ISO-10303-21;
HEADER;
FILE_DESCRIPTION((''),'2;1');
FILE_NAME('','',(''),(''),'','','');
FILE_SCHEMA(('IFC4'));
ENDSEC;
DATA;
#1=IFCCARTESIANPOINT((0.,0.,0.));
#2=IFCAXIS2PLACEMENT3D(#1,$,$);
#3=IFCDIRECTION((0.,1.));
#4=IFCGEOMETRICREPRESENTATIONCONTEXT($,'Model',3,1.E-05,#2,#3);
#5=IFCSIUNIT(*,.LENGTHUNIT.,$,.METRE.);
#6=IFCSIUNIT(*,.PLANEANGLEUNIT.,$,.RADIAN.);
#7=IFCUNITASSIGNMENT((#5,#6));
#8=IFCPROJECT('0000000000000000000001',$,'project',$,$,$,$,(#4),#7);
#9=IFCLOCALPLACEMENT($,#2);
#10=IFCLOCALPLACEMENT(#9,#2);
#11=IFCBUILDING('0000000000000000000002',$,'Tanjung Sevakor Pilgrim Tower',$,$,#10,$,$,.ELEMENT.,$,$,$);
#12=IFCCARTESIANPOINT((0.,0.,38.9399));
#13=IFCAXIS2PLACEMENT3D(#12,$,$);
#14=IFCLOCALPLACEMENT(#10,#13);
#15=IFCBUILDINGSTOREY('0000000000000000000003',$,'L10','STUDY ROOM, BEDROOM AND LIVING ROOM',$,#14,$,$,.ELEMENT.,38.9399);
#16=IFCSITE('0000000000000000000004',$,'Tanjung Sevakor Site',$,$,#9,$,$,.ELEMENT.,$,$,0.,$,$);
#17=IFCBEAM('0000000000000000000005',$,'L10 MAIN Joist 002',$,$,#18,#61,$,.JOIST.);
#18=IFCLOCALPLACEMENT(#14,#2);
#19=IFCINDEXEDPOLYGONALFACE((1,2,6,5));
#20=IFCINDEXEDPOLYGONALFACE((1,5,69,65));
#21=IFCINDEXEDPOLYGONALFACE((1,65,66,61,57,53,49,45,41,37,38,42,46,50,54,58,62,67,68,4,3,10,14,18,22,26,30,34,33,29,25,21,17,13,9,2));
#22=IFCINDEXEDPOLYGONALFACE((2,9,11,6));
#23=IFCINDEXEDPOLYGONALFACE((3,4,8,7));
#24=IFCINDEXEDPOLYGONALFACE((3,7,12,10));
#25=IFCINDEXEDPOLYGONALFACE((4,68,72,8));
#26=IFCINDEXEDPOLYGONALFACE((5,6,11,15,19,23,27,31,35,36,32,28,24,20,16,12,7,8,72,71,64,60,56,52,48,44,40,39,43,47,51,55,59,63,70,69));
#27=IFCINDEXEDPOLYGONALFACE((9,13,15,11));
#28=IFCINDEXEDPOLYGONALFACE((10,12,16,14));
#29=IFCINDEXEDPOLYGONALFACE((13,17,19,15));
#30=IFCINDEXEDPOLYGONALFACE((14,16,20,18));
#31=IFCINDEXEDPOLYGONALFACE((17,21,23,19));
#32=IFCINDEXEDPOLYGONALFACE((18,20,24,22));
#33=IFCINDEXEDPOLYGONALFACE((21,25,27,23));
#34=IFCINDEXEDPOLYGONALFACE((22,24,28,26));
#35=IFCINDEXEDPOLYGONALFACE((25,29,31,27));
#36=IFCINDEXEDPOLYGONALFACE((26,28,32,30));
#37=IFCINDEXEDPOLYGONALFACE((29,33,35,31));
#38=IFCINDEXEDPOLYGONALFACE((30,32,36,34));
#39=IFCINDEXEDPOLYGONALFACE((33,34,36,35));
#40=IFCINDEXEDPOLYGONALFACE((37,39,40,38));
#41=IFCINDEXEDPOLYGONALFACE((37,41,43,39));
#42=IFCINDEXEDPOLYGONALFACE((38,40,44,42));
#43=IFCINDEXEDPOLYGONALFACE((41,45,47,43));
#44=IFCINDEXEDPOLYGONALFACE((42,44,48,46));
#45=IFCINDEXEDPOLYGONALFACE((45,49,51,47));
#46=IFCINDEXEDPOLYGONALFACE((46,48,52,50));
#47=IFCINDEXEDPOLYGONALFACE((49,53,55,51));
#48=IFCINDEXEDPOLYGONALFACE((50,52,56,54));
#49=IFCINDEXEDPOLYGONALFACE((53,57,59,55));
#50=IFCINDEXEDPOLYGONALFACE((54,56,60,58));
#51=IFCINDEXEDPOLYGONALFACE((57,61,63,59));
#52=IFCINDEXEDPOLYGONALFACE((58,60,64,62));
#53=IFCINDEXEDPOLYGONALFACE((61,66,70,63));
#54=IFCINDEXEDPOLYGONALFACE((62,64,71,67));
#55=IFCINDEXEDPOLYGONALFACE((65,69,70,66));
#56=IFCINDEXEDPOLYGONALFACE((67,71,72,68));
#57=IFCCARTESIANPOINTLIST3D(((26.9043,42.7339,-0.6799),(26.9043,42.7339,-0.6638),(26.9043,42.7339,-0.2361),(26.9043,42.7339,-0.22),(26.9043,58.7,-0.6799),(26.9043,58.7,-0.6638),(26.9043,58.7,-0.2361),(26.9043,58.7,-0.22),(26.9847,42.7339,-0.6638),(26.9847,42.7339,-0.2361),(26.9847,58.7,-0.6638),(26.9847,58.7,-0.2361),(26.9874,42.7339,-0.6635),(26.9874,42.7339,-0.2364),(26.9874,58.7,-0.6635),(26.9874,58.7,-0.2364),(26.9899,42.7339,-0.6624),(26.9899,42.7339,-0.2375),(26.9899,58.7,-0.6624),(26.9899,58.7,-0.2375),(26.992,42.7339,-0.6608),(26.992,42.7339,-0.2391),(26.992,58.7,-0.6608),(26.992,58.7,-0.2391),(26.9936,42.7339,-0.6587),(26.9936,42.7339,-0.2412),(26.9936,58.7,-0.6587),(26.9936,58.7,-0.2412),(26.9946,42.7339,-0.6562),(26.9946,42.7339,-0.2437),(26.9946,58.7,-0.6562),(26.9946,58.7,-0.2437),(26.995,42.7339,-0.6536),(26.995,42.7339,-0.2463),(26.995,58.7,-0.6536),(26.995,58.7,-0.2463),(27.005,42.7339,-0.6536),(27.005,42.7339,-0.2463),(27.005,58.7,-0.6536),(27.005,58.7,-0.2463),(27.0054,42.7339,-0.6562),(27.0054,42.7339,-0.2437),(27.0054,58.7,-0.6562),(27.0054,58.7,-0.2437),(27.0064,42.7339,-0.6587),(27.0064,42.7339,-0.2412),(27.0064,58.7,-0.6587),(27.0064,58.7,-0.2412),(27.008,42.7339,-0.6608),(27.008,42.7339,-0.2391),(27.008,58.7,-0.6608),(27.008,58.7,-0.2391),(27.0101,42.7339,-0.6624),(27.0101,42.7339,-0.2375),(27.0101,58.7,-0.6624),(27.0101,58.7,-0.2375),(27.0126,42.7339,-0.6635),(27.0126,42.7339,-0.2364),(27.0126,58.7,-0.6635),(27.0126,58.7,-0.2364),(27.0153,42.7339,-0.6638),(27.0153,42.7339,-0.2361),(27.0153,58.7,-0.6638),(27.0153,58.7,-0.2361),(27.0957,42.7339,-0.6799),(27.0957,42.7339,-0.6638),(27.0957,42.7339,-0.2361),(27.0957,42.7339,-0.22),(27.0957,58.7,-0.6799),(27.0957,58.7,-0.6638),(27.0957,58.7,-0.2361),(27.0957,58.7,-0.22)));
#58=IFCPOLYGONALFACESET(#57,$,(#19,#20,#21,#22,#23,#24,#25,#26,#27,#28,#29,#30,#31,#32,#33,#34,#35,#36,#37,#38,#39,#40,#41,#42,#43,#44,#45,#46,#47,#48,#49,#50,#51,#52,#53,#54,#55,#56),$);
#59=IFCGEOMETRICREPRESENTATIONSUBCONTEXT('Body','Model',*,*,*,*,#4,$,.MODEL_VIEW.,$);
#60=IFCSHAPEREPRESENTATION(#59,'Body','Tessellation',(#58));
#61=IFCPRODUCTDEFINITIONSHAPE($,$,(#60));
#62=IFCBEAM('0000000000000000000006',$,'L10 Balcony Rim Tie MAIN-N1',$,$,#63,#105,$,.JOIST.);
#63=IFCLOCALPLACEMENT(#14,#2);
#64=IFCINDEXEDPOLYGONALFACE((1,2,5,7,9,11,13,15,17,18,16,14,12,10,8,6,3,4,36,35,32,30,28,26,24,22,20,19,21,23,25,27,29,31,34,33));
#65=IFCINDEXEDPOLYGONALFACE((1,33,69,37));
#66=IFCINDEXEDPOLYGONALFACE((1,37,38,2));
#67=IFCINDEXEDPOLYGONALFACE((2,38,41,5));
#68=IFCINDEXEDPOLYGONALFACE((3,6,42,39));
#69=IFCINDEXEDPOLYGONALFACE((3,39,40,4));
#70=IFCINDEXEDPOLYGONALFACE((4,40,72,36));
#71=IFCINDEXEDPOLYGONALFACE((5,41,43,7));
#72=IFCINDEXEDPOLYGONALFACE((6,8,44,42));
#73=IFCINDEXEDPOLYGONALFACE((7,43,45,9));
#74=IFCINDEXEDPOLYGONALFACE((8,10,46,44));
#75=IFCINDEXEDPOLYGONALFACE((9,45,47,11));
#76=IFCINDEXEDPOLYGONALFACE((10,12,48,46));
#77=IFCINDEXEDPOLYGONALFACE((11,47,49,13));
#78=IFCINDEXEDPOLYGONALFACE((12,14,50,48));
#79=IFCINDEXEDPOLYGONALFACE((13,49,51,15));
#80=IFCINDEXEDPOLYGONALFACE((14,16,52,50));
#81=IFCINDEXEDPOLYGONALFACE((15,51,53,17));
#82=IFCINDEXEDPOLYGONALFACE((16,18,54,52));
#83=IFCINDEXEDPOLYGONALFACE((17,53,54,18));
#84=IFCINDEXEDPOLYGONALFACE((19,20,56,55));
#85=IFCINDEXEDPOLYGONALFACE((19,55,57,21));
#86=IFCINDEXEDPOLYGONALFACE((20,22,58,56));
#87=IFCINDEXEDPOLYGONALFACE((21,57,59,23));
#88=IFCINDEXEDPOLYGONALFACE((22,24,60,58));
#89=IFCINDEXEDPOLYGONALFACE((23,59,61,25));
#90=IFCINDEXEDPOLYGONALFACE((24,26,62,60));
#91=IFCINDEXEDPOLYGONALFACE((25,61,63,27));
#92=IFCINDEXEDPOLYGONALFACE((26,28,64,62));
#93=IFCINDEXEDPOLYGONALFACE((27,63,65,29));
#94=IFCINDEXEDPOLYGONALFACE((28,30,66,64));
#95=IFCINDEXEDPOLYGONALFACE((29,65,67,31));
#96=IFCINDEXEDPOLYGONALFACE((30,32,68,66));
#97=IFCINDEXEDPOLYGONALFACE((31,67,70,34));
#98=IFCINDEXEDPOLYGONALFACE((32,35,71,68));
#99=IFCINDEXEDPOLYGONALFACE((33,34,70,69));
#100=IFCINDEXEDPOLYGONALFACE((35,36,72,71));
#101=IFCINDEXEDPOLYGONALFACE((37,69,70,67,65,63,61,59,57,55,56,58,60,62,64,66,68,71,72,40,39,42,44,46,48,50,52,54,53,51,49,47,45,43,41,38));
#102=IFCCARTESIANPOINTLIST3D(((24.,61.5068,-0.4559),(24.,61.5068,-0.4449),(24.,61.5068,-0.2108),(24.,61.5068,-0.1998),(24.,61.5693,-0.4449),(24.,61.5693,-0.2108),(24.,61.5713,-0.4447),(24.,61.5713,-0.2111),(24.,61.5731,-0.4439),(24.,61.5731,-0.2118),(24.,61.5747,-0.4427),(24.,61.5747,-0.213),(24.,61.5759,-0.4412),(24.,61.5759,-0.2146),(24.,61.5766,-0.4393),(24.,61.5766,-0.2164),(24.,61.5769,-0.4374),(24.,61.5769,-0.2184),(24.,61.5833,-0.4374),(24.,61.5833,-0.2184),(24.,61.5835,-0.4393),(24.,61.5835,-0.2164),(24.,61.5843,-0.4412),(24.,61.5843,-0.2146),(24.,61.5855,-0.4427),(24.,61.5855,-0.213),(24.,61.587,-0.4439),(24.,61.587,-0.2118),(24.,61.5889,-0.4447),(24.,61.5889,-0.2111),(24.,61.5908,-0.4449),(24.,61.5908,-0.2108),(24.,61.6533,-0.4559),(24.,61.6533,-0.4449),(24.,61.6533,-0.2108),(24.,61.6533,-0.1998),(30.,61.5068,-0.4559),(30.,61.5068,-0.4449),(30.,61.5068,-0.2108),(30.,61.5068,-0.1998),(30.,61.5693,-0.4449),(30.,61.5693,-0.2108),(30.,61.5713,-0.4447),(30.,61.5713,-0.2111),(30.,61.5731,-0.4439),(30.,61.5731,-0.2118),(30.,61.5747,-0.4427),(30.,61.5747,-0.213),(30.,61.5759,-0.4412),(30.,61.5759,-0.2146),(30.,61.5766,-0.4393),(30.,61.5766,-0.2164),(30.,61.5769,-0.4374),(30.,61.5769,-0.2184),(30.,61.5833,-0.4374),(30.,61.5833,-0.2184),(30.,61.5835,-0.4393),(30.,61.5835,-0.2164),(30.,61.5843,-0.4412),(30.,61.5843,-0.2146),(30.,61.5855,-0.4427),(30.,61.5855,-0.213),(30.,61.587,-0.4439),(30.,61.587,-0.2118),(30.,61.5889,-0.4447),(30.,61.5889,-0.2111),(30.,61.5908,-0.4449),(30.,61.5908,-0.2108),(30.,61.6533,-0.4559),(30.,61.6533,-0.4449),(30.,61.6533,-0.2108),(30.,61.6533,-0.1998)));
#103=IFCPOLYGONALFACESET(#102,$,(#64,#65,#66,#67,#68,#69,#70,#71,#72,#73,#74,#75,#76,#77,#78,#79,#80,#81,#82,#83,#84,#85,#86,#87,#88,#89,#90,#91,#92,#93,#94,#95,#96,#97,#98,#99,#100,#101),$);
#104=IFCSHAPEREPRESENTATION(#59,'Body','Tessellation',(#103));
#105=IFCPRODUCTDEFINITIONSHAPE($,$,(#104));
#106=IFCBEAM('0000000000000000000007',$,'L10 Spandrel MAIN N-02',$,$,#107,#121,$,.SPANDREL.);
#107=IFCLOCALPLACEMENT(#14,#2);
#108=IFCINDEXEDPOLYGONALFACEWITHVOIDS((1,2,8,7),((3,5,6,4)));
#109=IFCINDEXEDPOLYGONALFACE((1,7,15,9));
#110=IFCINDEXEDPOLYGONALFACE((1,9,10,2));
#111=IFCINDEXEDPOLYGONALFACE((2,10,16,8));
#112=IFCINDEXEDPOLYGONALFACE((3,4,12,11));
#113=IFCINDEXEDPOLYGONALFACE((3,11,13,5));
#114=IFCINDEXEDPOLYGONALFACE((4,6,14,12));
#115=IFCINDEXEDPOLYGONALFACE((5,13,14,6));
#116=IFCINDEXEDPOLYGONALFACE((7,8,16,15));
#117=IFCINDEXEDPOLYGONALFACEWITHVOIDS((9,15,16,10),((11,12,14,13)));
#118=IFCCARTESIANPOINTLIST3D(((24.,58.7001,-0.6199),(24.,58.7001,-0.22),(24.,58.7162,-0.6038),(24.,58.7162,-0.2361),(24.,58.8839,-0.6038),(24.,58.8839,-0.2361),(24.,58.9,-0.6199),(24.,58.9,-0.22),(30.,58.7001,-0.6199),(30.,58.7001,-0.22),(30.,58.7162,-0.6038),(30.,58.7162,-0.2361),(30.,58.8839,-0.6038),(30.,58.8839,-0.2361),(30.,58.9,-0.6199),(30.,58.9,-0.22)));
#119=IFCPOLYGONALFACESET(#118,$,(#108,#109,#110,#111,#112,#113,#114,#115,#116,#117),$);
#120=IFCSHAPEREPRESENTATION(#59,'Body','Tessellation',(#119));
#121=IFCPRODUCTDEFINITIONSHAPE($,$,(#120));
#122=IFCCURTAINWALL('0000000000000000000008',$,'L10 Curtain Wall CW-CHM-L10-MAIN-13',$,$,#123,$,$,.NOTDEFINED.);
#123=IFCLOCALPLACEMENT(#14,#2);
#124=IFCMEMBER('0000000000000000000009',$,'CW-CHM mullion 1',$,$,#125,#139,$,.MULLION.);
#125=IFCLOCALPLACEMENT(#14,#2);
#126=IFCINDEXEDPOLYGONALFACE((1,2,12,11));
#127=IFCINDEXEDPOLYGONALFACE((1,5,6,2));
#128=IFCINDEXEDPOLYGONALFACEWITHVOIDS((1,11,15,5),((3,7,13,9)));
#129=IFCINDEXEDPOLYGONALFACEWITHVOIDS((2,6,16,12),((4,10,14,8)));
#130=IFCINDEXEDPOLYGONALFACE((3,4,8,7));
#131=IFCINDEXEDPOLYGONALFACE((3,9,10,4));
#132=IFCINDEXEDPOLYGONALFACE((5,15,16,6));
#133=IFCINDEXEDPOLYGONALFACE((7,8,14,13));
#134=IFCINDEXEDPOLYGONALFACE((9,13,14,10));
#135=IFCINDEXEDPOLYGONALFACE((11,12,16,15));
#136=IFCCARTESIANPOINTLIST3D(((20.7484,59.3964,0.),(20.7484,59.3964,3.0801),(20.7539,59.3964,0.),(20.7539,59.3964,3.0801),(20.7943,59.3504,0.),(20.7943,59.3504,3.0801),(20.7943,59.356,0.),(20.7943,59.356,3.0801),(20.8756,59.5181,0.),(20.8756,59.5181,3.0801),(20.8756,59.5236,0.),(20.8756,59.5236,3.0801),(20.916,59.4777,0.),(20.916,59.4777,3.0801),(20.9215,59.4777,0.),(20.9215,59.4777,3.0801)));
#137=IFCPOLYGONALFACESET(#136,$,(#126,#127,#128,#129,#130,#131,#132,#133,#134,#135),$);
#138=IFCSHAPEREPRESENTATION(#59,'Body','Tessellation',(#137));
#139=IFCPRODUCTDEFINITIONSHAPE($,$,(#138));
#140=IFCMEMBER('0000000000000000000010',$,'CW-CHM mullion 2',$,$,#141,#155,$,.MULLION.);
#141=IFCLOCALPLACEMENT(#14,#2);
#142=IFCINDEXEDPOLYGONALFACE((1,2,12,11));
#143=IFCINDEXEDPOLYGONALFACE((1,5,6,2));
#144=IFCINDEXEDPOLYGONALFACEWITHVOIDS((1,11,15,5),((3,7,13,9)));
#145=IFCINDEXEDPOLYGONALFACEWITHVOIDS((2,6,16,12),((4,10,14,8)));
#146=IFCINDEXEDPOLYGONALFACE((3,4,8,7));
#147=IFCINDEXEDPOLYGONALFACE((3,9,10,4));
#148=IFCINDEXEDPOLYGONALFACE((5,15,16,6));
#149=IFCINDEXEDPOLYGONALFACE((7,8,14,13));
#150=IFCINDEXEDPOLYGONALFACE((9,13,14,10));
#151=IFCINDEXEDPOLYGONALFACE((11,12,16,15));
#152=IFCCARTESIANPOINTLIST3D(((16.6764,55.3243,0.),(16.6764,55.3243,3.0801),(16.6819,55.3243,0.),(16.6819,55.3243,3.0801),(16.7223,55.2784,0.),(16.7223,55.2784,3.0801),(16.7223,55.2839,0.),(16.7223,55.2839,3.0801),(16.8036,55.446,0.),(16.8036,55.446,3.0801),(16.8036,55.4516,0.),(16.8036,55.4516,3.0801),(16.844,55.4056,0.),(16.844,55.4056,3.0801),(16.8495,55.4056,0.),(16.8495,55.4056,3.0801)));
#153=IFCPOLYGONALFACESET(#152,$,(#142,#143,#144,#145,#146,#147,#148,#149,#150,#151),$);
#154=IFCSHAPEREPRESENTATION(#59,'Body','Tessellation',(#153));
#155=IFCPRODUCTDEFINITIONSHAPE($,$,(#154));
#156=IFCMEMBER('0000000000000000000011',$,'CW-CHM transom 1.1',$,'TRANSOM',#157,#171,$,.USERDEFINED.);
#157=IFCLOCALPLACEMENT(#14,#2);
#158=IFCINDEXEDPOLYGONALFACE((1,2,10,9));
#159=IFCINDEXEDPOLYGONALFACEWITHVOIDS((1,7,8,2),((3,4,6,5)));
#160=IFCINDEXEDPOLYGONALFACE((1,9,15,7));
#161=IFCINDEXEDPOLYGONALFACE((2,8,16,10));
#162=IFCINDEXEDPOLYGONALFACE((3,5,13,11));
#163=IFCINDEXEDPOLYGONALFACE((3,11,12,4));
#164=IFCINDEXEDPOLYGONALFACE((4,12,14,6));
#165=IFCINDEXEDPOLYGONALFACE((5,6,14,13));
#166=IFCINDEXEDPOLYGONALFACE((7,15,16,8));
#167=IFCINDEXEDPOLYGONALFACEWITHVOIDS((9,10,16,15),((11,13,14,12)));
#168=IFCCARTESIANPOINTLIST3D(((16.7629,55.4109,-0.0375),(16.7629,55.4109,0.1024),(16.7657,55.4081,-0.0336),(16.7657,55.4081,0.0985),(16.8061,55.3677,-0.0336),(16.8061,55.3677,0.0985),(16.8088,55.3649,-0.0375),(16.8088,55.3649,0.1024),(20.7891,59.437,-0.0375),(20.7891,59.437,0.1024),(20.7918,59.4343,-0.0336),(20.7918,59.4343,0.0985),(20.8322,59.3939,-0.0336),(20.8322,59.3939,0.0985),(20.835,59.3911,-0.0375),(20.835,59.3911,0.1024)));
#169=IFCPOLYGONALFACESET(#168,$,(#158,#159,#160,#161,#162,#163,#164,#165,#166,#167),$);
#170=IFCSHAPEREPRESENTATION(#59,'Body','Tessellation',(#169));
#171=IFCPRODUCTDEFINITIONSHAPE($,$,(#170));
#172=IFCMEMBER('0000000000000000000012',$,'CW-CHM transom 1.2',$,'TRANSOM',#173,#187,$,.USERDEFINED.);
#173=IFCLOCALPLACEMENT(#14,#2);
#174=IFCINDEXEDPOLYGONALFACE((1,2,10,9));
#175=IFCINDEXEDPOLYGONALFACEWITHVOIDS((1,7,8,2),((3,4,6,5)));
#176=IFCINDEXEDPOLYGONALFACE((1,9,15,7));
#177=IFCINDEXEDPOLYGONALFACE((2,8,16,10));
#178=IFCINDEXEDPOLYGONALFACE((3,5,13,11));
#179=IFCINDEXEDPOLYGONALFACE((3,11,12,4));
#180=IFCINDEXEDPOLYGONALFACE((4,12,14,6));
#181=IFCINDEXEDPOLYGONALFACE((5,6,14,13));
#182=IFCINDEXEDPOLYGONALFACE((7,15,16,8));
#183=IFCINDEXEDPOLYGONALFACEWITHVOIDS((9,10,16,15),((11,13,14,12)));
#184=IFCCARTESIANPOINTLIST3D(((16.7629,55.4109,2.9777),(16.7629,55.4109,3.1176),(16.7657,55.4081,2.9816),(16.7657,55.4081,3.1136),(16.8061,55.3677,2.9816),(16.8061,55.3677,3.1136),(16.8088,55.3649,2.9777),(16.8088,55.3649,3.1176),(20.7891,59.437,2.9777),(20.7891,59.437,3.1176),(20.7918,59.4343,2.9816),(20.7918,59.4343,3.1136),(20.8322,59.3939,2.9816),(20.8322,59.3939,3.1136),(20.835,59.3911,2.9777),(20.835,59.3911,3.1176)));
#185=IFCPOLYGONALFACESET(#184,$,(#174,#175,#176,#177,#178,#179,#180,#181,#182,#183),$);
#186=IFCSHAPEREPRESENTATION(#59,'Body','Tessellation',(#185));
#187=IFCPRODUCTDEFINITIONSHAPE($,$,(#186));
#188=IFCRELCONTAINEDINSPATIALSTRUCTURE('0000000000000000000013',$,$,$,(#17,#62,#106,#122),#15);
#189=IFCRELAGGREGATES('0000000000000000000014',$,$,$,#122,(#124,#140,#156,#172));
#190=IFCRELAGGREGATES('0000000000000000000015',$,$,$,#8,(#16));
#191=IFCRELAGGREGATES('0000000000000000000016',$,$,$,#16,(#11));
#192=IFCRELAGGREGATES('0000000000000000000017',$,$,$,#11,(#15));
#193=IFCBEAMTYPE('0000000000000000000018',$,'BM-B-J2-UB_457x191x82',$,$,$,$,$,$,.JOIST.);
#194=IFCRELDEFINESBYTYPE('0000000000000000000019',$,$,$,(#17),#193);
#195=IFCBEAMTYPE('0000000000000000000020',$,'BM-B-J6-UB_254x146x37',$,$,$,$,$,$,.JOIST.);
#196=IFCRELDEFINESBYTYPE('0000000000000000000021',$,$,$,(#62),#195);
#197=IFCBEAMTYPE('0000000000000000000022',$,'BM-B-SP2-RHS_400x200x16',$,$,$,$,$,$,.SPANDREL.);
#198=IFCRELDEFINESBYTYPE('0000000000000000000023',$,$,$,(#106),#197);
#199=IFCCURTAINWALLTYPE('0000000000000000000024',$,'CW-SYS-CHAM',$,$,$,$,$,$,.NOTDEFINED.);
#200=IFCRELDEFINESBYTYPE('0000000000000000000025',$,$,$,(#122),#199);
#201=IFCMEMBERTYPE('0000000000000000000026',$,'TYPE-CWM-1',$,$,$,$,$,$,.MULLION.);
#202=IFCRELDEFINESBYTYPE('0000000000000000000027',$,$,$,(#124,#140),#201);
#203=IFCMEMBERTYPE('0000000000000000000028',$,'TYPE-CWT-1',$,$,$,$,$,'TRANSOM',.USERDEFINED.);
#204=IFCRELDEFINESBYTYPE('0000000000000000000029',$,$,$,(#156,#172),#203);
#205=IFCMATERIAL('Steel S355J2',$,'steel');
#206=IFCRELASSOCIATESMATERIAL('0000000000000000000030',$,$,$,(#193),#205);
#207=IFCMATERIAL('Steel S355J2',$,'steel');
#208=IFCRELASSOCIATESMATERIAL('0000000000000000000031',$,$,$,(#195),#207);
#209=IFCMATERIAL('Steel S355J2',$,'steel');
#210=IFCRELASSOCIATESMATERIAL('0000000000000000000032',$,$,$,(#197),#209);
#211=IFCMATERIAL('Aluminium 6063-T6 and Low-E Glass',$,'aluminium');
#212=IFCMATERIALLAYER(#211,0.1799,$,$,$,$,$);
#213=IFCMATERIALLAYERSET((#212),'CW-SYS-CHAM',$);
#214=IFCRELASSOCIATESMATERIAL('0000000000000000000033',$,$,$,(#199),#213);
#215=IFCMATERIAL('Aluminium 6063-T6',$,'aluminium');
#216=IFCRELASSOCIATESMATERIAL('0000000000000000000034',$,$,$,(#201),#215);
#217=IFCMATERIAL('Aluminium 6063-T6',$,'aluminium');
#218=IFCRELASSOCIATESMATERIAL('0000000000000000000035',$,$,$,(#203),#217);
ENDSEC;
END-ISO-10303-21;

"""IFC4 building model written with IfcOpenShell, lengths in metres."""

from ifc_helpers import new_model, si_unit, direction, frame, origin, origin_2d, place, context, subcontext, project, spatial, hollow_rectangle, i_section, extrude, material, layer, layer_set, material_profile, profile_set, type_object, element, aggregate, save


model = new_model("IFC4")

# Units and contexts
model_context = context("Model", 3, precision=1e-05, world=origin(), true_north=direction((0.0, 1.0)))
body_context = subcontext(model_context, "Body", "Model", "MODEL_VIEW")
ifc_project = project(units=[si_unit("LENGTHUNIT", "METRE"), si_unit("PLANEANGLEUNIT", "RADIAN")], contexts=[model_context])

# Site, building, storey
site_placement = place(None, origin())
site = spatial("IfcSite", under=ifc_project, at=site_placement, Name="Tanjung Sevakor Site", CompositionType="ELEMENT", RefElevation=0.0)
building_placement = place(site_placement, origin())
building = spatial("IfcBuilding", under=site, at=building_placement, Name="Tanjung Sevakor Pilgrim Tower", CompositionType="ELEMENT")
storey_placement = place(building_placement, frame((0.0, 0.0, 38.9399)))
storey = spatial("IfcBuildingStorey", under=building, at=storey_placement, Name="L10", Description="STUDY ROOM, BEDROOM AND LIVING ROOM", CompositionType="ELEMENT", Elevation=38.9399)

# Beams
ifc_material_1 = material(Name="Steel S355J2", Category="steel")
ifc_material_profile_1 = material_profile(ifc_material_1, i_section(OverallWidth=0.1914, OverallDepth=0.46, WebThickness=0.01, FlangeThickness=0.0161, FilletRadius=0.0103, at=origin_2d()))
ifc_profile_set_1 = profile_set([ifc_material_profile_1], Name="Steel S355J2")
beam_type_1 = type_object("IfcBeamType", Name="BM-B-J2-UB_457x191x82", PredefinedType="JOIST", material=ifc_profile_set_1)
beam_1_placement = place(storey_placement, frame((27.0, 42.7339, -0.45), z_axis=(0.0, 1.0, 0.0), x_axis=(-1.0, 0.0, 0.0)))
element("IfcBeam", 1, at=beam_1_placement, inside=storey, type_object=beam_type_1, Name="L10 MAIN Joist 002", PredefinedType="JOIST", context=body_context, shape_type="SweptSolid", body=[
    extrude(i_section(OverallWidth=0.1914, OverallDepth=0.46, WebThickness=0.01, FlangeThickness=0.0161, FilletRadius=0.0103, at=origin_2d()), origin(), (0.0, 0.0, 1.0), 15.9661),
])
ifc_material_2 = material(Name="Steel S355J2", Category="steel")
ifc_material_profile_2 = material_profile(ifc_material_2, i_section(OverallWidth=0.1465, OverallDepth=0.2561, WebThickness=0.0063, FlangeThickness=0.011, FilletRadius=0.0076, at=origin_2d()))
ifc_profile_set_2 = profile_set([ifc_material_profile_2], Name="Steel S355J2")
beam_type_2 = type_object("IfcBeamType", Name="BM-B-J6-UB_254x146x37", PredefinedType="JOIST", material=ifc_profile_set_2)
beam_2_placement = place(storey_placement, frame((24.0, 61.5801, -0.3279), z_axis=(1.0, 0.0, 0.0), x_axis=(0.0, 1.0, 0.0)))
element("IfcBeam", 2, at=beam_2_placement, inside=storey, type_object=beam_type_2, Name="L10 Balcony Rim Tie MAIN-N1", PredefinedType="JOIST", context=body_context, shape_type="SweptSolid", body=[
    extrude(i_section(OverallWidth=0.1465, OverallDepth=0.2561, WebThickness=0.0063, FlangeThickness=0.011, FilletRadius=0.0076, at=origin_2d()), origin(), (0.0, 0.0, 1.0), 6.0),
])
ifc_material_3 = material(Name="Steel S355J2", Category="steel")
ifc_material_profile_3 = material_profile(ifc_material_3, hollow_rectangle(XDim=0.2, YDim=0.3999, WallThickness=0.0161, at=origin_2d()))
ifc_profile_set_3 = profile_set([ifc_material_profile_3], Name="Steel S355J2")
beam_type_3 = type_object("IfcBeamType", Name="BM-B-SP2-RHS_400x200x16", PredefinedType="SPANDREL", material=ifc_profile_set_3)
beam_3_placement = place(storey_placement, frame((24.0, 58.8, -0.4199), z_axis=(1.0, 0.0, 0.0), x_axis=(0.0, 1.0, 0.0)))
element("IfcBeam", 3, at=beam_3_placement, inside=storey, type_object=beam_type_3, Name="L10 Spandrel MAIN N-02", PredefinedType="SPANDREL", context=body_context, shape_type="SweptSolid", body=[
    extrude(hollow_rectangle(XDim=0.2, YDim=0.3999, WallThickness=0.0161, at=origin_2d()), origin(), (0.0, 0.0, 1.0), 6.0),
])

# Curtain wall, members
ifc_material_4 = material(Name="Aluminium 6063-T6 and Low-E Glass", Category="aluminium")
ifc_layer_1 = layer(ifc_material_4, 0.1799)
ifc_layer_set_1 = layer_set([ifc_layer_1], Name="CW-SYS-CHAM")
curtain_wall_type = type_object("IfcCurtainWallType", Name="CW-SYS-CHAM", PredefinedType="NOTDEFINED", material=ifc_layer_set_1)
curtain_wall_placement = place(storey_placement, origin())
curtain_wall = element("IfcCurtainWall", 4, at=curtain_wall_placement, inside=storey, type_object=curtain_wall_type, Name="L10 Curtain Wall CW-CHM-L10-MAIN-13", PredefinedType="NOTDEFINED")
ifc_material_5 = material(Name="Aluminium 6063-T6", Category="aluminium")
ifc_material_profile_4 = material_profile(ifc_material_5, hollow_rectangle(XDim=0.0649, YDim=0.1799, WallThickness=0.0039, at=origin_2d()))
ifc_profile_set_4 = profile_set([ifc_material_profile_4], Name="Aluminium 6063-T6")
member_type_1 = type_object("IfcMemberType", Name="TYPE-CWM-1", PredefinedType="MULLION", material=ifc_profile_set_4)
member_1_placement = place(storey_placement, frame((20.835, 59.437, 0.0), z_axis=(0.0, 0.0, 1.0), x_axis=(0.707107, -0.707107, 0.0)))
member_1 = element("IfcMember", 5, at=member_1_placement, type_object=member_type_1, Name="CW-CHM mullion 1", PredefinedType="MULLION", context=body_context, shape_type="SweptSolid", body=[
    extrude(hollow_rectangle(XDim=0.0649, YDim=0.1799, WallThickness=0.0039, at=origin_2d()), origin(), (0.0, 0.0, 1.0), 3.0801),
])
member_2_placement = place(storey_placement, frame((16.7629, 55.365, 0.0), z_axis=(0.0, 0.0, 1.0), x_axis=(0.707107, -0.707107, 0.0)))
member_2 = element("IfcMember", 6, at=member_2_placement, type_object=member_type_1, Name="CW-CHM mullion 2", PredefinedType="MULLION", context=body_context, shape_type="SweptSolid", body=[
    extrude(hollow_rectangle(XDim=0.0649, YDim=0.1799, WallThickness=0.0039, at=origin_2d()), origin(), (0.0, 0.0, 1.0), 3.0801),
])
ifc_material_6 = material(Name="Aluminium 6063-T6", Category="aluminium")
ifc_material_profile_5 = material_profile(ifc_material_6, hollow_rectangle(XDim=0.0649, YDim=0.1399, WallThickness=0.0039, at=origin_2d()))
ifc_profile_set_5 = profile_set([ifc_material_profile_5], Name="Aluminium 6063-T6")
member_type_2 = type_object("IfcMemberType", Name="TYPE-CWT-1", ElementType="TRANSOM", PredefinedType="USERDEFINED", material=ifc_profile_set_5)
member_3_placement = place(storey_placement, frame((20.812, 59.4141, 0.0325), z_axis=(-0.707107, -0.707107, 0.0), x_axis=(0.707107, -0.707107, 0.0)))
member_3 = element("IfcMember", 7, at=member_3_placement, type_object=member_type_2, Name="CW-CHM transom 1.1", ObjectType="TRANSOM", PredefinedType="USERDEFINED", context=body_context, shape_type="SweptSolid", body=[
    extrude(hollow_rectangle(XDim=0.0649, YDim=0.1399, WallThickness=0.0039, at=origin_2d()), origin(), (0.0, 0.0, 1.0), 5.6938),
])
member_4_placement = place(storey_placement, frame((20.812, 59.4141, 3.0476), z_axis=(-0.707107, -0.707107, 0.0), x_axis=(0.707107, -0.707107, 0.0)))
member_4 = element("IfcMember", 8, at=member_4_placement, type_object=member_type_2, Name="CW-CHM transom 1.2", ObjectType="TRANSOM", PredefinedType="USERDEFINED", context=body_context, shape_type="SweptSolid", body=[
    extrude(hollow_rectangle(XDim=0.0649, YDim=0.1399, WallThickness=0.0039, at=origin_2d()), origin(), (0.0, 0.0, 1.0), 5.6938),
])
aggregate(curtain_wall, [member_1, member_2, member_3, member_4])

save(model, "model.ifc")
